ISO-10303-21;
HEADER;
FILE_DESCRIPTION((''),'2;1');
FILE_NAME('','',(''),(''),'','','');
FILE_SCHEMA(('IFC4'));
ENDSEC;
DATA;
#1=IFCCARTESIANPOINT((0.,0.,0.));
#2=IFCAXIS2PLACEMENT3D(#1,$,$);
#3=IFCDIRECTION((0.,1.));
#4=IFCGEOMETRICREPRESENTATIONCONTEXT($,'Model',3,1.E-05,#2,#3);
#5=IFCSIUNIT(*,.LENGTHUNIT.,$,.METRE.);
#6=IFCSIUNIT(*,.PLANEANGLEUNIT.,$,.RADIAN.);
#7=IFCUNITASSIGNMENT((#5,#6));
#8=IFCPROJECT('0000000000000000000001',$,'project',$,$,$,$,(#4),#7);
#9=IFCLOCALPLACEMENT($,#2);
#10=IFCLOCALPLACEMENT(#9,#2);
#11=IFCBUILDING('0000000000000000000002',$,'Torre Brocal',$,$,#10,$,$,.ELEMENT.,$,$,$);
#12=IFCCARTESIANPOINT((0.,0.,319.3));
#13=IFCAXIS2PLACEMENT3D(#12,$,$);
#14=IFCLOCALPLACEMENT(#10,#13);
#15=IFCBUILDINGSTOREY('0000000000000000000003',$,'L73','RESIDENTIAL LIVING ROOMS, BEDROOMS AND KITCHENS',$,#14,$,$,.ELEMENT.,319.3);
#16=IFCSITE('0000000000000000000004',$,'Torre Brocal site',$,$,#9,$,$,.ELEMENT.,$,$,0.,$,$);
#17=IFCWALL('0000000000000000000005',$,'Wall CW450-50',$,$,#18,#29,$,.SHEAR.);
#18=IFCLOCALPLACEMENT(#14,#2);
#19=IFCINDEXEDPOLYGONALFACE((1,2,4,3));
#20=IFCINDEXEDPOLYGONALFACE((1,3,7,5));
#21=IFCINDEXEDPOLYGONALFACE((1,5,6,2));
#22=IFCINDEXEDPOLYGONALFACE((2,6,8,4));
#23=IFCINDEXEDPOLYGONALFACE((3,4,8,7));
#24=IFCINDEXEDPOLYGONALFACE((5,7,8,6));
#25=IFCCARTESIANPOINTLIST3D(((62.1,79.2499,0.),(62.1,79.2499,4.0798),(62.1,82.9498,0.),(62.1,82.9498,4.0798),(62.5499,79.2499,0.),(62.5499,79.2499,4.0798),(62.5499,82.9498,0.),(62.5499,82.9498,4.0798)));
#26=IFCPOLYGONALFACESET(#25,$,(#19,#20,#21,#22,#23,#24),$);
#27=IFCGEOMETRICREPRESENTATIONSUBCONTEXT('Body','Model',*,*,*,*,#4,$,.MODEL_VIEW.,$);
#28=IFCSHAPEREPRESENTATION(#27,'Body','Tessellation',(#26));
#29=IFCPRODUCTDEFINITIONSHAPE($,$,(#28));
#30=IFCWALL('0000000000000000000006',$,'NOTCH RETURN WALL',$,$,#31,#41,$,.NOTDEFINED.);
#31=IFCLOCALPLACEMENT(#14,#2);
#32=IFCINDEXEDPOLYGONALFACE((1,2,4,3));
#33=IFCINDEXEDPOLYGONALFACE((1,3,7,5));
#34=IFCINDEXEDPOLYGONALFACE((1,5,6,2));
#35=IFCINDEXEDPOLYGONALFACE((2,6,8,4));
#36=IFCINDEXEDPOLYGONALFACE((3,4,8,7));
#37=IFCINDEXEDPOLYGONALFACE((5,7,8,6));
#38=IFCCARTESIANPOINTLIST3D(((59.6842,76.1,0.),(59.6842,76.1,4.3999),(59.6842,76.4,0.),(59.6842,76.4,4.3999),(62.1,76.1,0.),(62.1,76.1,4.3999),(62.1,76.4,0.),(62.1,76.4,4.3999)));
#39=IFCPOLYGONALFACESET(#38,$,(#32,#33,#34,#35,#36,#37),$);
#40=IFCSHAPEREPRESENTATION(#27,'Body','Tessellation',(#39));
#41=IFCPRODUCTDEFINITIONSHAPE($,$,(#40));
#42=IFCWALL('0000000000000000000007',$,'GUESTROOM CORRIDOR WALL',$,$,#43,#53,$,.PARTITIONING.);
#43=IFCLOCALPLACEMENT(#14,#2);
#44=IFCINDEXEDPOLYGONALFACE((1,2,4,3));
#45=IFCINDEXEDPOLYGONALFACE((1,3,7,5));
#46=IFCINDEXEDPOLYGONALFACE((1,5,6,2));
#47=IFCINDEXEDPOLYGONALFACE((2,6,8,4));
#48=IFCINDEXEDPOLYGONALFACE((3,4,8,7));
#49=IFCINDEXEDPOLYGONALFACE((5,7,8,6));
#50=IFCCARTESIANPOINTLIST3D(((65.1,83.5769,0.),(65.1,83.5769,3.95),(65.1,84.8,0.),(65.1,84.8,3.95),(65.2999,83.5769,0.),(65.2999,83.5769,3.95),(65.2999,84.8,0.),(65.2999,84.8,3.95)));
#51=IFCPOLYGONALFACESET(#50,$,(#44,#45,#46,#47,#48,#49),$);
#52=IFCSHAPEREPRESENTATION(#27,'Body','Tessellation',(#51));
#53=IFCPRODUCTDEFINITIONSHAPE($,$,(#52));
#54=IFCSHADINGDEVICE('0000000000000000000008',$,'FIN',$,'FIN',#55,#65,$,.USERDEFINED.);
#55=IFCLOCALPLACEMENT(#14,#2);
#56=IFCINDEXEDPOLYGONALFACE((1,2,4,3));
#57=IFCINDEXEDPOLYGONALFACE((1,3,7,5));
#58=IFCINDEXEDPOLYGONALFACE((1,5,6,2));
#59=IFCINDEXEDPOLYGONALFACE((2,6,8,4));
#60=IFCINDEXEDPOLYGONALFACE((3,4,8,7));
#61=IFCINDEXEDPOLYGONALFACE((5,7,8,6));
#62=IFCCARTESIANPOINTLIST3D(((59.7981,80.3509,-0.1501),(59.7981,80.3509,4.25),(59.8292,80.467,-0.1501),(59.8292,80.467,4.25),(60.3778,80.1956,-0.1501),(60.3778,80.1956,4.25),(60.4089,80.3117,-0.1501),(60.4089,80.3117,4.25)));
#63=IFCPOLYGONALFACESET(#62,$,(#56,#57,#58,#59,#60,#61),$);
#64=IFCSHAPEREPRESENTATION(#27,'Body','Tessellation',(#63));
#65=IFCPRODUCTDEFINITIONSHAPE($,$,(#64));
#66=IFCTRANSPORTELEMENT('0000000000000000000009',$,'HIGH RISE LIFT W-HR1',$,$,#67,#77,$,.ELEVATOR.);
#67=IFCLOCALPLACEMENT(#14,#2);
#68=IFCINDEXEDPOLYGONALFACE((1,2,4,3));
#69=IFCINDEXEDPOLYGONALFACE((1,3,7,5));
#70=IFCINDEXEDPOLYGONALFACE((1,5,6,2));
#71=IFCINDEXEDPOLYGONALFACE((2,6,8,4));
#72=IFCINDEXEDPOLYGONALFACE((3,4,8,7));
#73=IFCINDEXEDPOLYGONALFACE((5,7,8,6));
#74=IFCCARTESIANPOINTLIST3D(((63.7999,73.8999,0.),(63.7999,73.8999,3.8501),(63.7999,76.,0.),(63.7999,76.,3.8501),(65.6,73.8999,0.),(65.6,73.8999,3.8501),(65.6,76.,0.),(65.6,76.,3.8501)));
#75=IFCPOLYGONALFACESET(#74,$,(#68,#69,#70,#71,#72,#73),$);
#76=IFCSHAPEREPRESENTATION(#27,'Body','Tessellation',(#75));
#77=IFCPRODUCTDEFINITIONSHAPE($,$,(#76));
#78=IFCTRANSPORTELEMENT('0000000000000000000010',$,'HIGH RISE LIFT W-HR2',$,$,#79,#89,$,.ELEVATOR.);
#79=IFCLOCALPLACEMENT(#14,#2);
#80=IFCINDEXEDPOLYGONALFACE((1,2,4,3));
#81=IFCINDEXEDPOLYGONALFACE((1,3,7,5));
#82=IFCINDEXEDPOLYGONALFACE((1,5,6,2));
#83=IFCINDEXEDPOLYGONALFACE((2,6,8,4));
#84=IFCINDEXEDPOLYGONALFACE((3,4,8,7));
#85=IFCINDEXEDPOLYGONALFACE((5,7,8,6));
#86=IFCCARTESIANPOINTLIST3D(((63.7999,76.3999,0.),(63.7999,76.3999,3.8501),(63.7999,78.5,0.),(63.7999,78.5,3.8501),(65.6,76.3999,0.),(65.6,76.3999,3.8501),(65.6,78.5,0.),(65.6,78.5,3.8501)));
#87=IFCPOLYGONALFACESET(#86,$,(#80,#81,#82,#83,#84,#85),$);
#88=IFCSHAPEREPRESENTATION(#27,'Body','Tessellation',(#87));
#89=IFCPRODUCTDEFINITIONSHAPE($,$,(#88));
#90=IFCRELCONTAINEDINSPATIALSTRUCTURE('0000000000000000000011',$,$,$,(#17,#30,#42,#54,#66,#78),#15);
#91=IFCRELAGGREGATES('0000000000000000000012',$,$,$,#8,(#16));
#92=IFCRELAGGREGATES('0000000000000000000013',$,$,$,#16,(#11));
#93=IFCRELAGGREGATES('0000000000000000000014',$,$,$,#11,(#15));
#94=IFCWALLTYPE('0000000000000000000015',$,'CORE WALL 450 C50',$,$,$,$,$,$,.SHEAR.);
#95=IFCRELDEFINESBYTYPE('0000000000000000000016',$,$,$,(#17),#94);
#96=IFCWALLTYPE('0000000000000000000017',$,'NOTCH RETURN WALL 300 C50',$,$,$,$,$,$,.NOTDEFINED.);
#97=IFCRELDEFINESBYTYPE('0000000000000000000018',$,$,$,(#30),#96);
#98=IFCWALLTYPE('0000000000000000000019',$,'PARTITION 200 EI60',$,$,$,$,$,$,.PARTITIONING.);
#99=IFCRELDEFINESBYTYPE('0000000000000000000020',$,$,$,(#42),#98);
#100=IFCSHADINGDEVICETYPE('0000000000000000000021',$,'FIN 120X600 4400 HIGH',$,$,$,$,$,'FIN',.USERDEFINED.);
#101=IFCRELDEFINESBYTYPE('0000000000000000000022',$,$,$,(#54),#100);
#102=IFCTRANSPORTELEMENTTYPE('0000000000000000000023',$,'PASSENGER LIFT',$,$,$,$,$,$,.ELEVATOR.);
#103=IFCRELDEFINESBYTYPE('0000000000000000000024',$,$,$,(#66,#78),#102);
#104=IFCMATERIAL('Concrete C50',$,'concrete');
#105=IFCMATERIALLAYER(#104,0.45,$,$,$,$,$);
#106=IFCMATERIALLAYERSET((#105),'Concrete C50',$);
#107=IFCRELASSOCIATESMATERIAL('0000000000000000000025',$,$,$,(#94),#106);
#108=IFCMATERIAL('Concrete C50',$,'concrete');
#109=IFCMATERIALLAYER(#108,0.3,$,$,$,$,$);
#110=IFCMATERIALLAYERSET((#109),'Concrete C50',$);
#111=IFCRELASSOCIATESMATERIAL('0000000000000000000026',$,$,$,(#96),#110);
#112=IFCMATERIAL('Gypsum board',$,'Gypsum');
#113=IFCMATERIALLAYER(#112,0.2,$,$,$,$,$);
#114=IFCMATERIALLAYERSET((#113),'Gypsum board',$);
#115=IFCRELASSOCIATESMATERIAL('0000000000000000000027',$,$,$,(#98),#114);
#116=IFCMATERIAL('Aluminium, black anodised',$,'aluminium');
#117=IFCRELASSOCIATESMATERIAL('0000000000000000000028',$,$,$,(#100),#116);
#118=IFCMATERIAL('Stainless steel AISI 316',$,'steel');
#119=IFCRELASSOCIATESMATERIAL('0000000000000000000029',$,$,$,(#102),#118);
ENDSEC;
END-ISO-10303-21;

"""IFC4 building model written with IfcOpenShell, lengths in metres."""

from ifc_helpers import new_model, si_unit, direction, frame, frame_2d, origin, origin_2d, place, context, subcontext, project, spatial, rectangle, extrude, material, layer, layer_set, material_profile, profile_set, type_object, element, save


model = new_model("IFC4")

# Units and contexts
model_context = context("Model", 3, precision=1e-05, world=origin(), true_north=direction((0.0, 1.0)))
body_context = subcontext(model_context, "Body", "Model", "MODEL_VIEW")
ifc_project = project(units=[si_unit("LENGTHUNIT", "METRE"), si_unit("PLANEANGLEUNIT", "RADIAN")], contexts=[model_context])

# Site, building, storey
site_placement = place(None, origin())
site = spatial("IfcSite", under=ifc_project, at=site_placement, Name="Torre Brocal site", CompositionType="ELEMENT", RefElevation=0.0)
building_placement = place(site_placement, origin())
building = spatial("IfcBuilding", under=site, at=building_placement, Name="Torre Brocal", CompositionType="ELEMENT")
storey_placement = place(building_placement, frame((0.0, 0.0, 319.3)))
storey = spatial("IfcBuildingStorey", under=building, at=storey_placement, Name="L73", Description="RESIDENTIAL LIVING ROOMS, BEDROOMS AND KITCHENS", CompositionType="ELEMENT", Elevation=319.3)

# Walls
ifc_material_1 = material(Name="Concrete C50", Category="concrete")
ifc_layer_1 = layer(ifc_material_1, 0.45)
ifc_layer_set_1 = layer_set([ifc_layer_1], Name="Concrete C50")
wall_type_1 = type_object("IfcWallType", Name="CORE WALL 450 C50", PredefinedType="SHEAR", material=ifc_layer_set_1)
wall_1_placement = place(storey_placement, frame((62.325, 82.95, 0.0), z_axis=(0.0, 0.0, 1.0), x_axis=(0.0, -1.0, 0.0)))
element("IfcWall", 1, at=wall_1_placement, inside=storey, type_object=wall_type_1, Name="Wall CW450-50", PredefinedType="SHEAR", context=body_context, shape_type="SweptSolid", body=[
    extrude(rectangle(XDim=3.7, YDim=0.45, at=frame_2d((1.8501, 0.0))), origin(), (0.0, 0.0, 1.0), 4.0798),
])
ifc_material_2 = material(Name="Concrete C50", Category="concrete")
ifc_layer_2 = layer(ifc_material_2, 0.3)
ifc_layer_set_2 = layer_set([ifc_layer_2], Name="Concrete C50")
wall_type_2 = type_object("IfcWallType", Name="NOTCH RETURN WALL 300 C50", PredefinedType="NOTDEFINED", material=ifc_layer_set_2)
wall_2_placement = place(storey_placement, frame((62.1001, 76.25, 0.0), z_axis=(0.0, 0.0, 1.0), x_axis=(-1.0, 0.0, 0.0)))
element("IfcWall", 2, at=wall_2_placement, inside=storey, type_object=wall_type_2, Name="NOTCH RETURN WALL", PredefinedType="NOTDEFINED", context=body_context, shape_type="SweptSolid", body=[
    extrude(rectangle(XDim=2.4158, YDim=0.3, at=frame_2d((1.208, 0.0))), origin(), (0.0, 0.0, 1.0), 4.3999),
])
ifc_material_3 = material(Name="Gypsum board", Category="Gypsum")
ifc_layer_3 = layer(ifc_material_3, 0.2)
ifc_layer_set_3 = layer_set([ifc_layer_3], Name="Gypsum board")
wall_type_3 = type_object("IfcWallType", Name="PARTITION 200 EI60", PredefinedType="PARTITIONING", material=ifc_layer_set_3)
wall_3_placement = place(storey_placement, frame((65.2, 83.5769, 0.0), z_axis=(0.0, 0.0, 1.0), x_axis=(0.0, 1.0, 0.0)))
element("IfcWall", 3, at=wall_3_placement, inside=storey, type_object=wall_type_3, Name="GUESTROOM CORRIDOR WALL", PredefinedType="PARTITIONING", context=body_context, shape_type="SweptSolid", body=[
    extrude(rectangle(XDim=1.2231, YDim=0.2, at=frame_2d((0.6116, 0.0))), origin(), (0.0, 0.0, 1.0), 3.95),
])

# Shading device
ifc_material_4 = material(Name="Aluminium, black anodised", Category="aluminium")
ifc_material_profile_1 = material_profile(ifc_material_4, rectangle(XDim=0.1201, YDim=0.6001, at=origin_2d()), Name="FIN 120X600 4400 HIGH")
ifc_profile_set_1 = profile_set([ifc_material_profile_1], Name="Aluminium, black anodised")
shading_device_type = type_object("IfcShadingDeviceType", Name="FIN 120X600 4400 HIGH", ElementType="FIN", PredefinedType="USERDEFINED", material=ifc_profile_set_1)
shading_device_placement = place(storey_placement, frame((60.1035, 80.3313, -0.1501), z_axis=(0.0, 0.0, 1.0), x_axis=(-0.258819, -0.965926, 0.0)))
element("IfcShadingDevice", 4, at=shading_device_placement, inside=storey, type_object=shading_device_type, Name="FIN", ObjectType="FIN", PredefinedType="USERDEFINED", context=body_context, shape_type="SweptSolid", body=[
    extrude(rectangle(XDim=0.1201, YDim=0.6001, at=origin_2d()), origin(), (0.0, 0.0, 1.0), 4.4001),
])

# Transport elements
ifc_material_5 = material(Name="Stainless steel AISI 316", Category="steel")
transport_element_type = type_object("IfcTransportElementType", Name="PASSENGER LIFT", PredefinedType="ELEVATOR", material=ifc_material_5)
for number, where, z_axis, x_axis, name in (
    (5, (64.7, 74.95, 0.0), (0.0, 0.0, 1.0), (1.0, 0.0, 0.0), "HIGH RISE LIFT W-HR1"),
    (6, (64.7, 77.45, 0.0), (0.0, 0.0, 1.0), (1.0, 0.0, 0.0), "HIGH RISE LIFT W-HR2"),
):
    element("IfcTransportElement", number, at=place(storey_placement, frame(where, z_axis=z_axis, x_axis=x_axis)), inside=storey, type_object=transport_element_type, Name=name, PredefinedType="ELEVATOR", context=body_context, shape_type="SweptSolid", body=[
        extrude(rectangle(XDim=1.8, YDim=2.1001, at=origin_2d()), origin(), (0.0, 0.0, 1.0), 3.8501),
    ])

save(model, "model.ifc")
